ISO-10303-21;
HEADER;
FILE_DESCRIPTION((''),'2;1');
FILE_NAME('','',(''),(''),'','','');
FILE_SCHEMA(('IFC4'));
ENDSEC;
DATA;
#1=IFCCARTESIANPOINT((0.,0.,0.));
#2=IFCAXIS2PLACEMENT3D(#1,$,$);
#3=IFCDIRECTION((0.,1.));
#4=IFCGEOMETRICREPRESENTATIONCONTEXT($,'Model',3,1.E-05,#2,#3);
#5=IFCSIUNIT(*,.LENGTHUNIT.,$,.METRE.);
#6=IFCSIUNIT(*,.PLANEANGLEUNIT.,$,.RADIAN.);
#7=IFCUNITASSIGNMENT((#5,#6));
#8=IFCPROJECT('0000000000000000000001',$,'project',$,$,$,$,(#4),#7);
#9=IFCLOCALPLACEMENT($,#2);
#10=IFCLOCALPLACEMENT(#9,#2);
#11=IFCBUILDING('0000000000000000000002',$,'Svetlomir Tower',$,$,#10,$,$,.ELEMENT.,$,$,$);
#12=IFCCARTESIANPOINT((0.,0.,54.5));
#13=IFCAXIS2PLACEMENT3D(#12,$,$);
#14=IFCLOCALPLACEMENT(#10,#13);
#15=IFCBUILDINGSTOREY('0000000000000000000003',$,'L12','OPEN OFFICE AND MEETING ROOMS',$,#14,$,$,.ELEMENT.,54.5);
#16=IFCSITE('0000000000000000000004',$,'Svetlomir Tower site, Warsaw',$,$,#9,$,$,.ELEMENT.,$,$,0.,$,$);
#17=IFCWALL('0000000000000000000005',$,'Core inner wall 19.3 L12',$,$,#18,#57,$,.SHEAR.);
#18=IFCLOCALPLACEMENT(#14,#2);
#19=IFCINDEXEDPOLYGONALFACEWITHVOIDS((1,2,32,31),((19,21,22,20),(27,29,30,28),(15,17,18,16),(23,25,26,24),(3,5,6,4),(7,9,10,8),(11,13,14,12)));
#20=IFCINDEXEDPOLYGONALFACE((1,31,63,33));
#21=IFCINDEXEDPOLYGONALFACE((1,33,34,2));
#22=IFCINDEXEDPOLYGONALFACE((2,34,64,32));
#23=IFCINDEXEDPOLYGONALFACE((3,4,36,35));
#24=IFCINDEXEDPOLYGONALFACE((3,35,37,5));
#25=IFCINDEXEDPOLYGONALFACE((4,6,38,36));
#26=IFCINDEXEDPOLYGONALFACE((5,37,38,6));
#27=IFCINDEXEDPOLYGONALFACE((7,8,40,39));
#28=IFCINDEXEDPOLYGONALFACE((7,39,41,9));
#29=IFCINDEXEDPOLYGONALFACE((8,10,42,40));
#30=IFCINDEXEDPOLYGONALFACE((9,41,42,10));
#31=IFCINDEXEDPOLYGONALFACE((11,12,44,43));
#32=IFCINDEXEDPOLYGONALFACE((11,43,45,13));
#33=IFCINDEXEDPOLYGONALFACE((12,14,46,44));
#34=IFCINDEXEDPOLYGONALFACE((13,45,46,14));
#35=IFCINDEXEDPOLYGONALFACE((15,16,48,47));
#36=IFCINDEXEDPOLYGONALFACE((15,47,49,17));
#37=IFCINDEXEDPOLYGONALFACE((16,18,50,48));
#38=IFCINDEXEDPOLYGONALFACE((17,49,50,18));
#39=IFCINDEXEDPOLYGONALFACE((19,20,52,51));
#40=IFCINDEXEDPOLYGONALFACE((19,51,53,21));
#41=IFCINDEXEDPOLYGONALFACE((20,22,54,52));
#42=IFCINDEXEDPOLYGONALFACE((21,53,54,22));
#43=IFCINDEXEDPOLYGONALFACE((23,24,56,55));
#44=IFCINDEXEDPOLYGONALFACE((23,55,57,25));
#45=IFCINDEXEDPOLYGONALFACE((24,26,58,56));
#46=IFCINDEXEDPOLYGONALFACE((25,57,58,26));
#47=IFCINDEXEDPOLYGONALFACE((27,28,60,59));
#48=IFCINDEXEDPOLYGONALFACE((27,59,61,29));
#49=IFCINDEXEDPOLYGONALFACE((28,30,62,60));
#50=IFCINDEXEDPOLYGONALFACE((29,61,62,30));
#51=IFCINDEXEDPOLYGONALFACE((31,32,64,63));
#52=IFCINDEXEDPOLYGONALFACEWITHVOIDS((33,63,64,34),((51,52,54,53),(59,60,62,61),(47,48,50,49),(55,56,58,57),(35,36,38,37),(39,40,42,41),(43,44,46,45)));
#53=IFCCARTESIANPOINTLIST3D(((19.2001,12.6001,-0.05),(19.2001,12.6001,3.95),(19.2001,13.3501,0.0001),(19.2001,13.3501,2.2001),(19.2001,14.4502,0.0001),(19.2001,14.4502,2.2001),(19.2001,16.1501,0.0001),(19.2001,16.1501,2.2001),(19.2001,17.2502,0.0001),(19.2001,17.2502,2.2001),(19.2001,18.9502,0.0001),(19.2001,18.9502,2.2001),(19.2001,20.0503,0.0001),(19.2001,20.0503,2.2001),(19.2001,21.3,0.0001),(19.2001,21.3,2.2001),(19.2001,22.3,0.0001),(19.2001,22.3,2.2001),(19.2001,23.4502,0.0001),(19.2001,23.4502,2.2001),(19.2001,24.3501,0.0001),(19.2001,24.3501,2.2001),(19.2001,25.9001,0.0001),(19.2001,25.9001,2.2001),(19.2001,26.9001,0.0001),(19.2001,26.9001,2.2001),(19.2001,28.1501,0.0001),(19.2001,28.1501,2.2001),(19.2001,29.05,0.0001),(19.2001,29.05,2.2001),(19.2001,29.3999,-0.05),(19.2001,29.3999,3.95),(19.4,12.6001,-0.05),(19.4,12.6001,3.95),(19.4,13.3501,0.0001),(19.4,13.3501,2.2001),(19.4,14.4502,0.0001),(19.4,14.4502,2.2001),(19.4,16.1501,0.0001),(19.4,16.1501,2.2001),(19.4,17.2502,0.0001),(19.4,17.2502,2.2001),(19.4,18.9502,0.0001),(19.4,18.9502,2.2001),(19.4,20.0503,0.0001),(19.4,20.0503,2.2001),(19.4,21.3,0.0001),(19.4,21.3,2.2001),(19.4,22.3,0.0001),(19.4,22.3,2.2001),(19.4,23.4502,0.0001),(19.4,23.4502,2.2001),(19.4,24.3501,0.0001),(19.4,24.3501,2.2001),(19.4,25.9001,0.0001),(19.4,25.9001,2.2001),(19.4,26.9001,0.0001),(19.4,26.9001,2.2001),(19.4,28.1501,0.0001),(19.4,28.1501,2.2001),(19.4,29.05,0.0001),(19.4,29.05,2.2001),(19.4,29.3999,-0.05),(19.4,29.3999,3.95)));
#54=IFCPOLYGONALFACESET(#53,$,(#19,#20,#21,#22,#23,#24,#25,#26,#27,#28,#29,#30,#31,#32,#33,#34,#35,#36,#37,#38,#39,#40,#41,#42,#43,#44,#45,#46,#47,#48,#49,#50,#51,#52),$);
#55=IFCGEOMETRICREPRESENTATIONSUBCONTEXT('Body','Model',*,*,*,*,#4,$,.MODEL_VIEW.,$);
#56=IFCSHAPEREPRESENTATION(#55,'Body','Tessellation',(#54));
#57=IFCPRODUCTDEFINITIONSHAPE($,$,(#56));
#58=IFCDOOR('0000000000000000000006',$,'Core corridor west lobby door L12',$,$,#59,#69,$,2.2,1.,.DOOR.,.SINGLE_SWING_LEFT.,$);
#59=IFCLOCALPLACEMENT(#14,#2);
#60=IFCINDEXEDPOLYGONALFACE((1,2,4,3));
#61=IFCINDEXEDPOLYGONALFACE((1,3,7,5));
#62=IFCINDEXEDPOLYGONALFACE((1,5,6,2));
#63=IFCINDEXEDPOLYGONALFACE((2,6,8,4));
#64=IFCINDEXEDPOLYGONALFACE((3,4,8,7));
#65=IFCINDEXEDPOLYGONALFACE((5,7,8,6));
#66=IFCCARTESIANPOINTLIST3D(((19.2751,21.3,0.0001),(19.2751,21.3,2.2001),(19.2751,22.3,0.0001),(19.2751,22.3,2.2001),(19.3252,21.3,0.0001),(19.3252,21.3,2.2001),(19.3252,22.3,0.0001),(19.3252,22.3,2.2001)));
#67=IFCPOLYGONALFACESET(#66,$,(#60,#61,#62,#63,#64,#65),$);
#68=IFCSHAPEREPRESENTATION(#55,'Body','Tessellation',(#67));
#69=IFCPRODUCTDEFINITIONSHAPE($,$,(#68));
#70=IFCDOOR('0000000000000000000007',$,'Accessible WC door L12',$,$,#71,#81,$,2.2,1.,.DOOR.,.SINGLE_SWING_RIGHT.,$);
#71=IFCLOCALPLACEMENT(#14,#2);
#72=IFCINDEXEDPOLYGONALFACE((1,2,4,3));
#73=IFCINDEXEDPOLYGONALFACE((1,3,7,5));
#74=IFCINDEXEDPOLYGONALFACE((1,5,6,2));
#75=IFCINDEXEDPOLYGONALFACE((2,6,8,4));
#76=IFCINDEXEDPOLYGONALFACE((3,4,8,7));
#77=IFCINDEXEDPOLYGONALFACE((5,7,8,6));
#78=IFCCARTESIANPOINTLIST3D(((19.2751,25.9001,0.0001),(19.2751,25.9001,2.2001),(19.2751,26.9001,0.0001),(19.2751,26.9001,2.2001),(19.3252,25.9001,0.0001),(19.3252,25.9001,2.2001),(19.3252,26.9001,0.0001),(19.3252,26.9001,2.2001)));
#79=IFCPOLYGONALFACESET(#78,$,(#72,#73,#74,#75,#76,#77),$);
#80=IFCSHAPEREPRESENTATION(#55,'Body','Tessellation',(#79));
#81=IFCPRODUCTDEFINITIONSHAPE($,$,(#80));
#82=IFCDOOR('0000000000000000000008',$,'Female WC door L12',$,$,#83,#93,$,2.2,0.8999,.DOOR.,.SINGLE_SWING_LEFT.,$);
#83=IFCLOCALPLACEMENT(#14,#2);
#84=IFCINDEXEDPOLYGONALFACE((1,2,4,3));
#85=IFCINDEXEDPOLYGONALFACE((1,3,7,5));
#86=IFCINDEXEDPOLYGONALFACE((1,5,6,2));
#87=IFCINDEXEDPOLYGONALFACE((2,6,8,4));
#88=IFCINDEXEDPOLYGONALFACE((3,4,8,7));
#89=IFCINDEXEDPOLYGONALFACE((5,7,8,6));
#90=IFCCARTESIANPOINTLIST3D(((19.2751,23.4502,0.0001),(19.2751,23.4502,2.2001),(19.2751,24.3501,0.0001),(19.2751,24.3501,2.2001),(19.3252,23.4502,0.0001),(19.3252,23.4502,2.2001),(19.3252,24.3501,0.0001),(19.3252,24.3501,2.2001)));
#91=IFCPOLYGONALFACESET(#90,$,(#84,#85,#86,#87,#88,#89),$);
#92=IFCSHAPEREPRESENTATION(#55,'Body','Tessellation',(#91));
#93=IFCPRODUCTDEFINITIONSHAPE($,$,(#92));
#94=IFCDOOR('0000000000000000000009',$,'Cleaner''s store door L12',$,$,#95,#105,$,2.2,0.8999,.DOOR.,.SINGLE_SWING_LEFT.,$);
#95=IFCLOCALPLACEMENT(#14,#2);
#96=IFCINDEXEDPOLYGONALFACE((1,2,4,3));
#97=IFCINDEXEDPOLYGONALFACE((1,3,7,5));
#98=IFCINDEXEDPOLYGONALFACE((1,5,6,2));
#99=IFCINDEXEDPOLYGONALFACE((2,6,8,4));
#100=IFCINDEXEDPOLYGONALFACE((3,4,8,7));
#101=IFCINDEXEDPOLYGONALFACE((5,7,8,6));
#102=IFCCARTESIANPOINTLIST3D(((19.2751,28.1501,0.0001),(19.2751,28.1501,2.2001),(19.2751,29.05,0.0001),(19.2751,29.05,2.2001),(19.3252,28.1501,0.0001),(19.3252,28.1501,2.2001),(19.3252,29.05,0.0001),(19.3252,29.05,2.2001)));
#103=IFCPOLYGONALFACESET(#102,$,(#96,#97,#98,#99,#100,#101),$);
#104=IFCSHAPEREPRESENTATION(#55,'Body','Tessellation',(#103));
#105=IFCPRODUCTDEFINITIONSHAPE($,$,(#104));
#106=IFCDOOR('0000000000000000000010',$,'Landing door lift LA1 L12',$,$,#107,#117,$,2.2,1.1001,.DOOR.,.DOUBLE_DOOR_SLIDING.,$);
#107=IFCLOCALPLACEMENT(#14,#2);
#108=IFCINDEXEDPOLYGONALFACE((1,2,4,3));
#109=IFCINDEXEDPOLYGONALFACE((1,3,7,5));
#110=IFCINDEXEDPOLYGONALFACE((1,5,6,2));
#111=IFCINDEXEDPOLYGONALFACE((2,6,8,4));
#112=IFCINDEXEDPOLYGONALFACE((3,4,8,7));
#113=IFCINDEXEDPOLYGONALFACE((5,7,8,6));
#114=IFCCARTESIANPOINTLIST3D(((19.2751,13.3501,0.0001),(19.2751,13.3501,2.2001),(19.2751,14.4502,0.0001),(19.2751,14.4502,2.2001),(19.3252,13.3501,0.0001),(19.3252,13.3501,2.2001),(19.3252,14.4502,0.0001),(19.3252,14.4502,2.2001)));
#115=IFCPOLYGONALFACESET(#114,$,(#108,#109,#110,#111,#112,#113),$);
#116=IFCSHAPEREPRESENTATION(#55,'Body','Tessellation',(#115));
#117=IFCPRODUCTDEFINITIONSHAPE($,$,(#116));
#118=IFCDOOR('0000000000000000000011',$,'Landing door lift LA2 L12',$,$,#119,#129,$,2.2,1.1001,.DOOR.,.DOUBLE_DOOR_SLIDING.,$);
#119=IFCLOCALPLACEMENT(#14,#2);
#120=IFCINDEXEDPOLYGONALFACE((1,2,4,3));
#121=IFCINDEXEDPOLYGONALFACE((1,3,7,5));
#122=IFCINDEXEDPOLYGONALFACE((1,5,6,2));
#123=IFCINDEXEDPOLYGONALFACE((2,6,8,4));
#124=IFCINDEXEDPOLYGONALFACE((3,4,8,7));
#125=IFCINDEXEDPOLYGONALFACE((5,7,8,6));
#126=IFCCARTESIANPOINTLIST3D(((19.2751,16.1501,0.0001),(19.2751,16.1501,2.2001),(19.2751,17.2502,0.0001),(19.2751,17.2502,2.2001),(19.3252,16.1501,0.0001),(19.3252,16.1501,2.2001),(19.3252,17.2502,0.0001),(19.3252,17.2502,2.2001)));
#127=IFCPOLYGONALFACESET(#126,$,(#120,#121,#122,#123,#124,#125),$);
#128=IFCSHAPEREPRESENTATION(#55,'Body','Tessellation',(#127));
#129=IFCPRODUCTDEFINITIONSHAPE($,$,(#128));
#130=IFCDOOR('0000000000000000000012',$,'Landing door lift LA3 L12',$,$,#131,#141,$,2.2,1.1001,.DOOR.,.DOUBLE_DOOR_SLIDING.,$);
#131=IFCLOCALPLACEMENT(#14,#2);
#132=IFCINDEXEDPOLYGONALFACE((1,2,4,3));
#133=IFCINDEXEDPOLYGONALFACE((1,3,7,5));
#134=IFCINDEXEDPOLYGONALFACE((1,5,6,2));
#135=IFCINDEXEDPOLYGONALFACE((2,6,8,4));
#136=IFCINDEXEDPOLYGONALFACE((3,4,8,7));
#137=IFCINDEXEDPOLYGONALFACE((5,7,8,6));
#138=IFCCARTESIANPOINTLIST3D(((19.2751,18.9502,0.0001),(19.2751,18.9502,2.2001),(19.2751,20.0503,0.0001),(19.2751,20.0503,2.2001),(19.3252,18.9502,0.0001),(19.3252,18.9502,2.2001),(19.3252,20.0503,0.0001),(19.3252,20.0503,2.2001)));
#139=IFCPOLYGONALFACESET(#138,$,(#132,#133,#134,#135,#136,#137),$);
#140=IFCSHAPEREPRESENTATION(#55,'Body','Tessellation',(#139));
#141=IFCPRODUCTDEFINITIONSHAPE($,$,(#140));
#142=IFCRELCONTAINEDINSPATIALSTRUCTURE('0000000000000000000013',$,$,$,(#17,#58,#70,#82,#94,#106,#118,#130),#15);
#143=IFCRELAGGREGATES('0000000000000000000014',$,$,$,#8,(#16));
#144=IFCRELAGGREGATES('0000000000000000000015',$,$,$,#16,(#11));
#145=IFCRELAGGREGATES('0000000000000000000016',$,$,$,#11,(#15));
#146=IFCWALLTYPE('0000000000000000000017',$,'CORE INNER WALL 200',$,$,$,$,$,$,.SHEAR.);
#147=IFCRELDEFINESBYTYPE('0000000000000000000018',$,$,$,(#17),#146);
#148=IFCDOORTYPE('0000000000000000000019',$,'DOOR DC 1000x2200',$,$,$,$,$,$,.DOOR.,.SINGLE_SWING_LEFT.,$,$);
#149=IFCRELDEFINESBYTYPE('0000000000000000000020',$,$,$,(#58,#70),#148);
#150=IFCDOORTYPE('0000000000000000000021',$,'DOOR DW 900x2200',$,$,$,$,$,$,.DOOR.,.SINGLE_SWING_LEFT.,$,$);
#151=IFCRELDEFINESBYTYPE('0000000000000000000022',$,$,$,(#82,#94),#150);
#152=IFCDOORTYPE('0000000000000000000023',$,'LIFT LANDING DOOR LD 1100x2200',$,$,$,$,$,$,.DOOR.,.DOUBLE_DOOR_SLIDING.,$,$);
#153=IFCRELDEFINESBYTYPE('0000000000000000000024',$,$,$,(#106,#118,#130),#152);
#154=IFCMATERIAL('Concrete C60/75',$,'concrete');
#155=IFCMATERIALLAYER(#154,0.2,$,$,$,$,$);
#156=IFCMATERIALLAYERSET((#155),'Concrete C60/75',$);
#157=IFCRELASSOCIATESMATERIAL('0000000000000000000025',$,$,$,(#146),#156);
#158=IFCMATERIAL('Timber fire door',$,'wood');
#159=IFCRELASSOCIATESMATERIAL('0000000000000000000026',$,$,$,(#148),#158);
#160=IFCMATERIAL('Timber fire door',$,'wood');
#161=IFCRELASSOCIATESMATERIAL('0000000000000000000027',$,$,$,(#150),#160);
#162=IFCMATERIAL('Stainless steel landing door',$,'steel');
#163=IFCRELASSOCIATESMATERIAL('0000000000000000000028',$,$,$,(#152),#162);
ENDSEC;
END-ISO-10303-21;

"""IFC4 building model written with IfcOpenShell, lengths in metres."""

from ifc_helpers import new_model, si_unit, direction, frame, frame_2d, origin, place, context, subcontext, project, spatial, rectangle, extrude, material, layer, layer_set, type_object, element, fill, save


model = new_model("IFC4")

# Units and contexts
model_context = context("Model", 3, precision=1e-05, world=origin(), true_north=direction((0.0, 1.0)))
body_context = subcontext(model_context, "Body", "Model", "MODEL_VIEW")
ifc_project = project(units=[si_unit("LENGTHUNIT", "METRE"), si_unit("PLANEANGLEUNIT", "RADIAN")], contexts=[model_context])

# Site, building, storey
site_placement = place(None, origin())
site = spatial("IfcSite", under=ifc_project, at=site_placement, Name="Svetlomir Tower site, Warsaw", CompositionType="ELEMENT", RefElevation=0.0)
building_placement = place(site_placement, origin())
building = spatial("IfcBuilding", under=site, at=building_placement, Name="Svetlomir Tower", CompositionType="ELEMENT")
storey_placement = place(building_placement, frame((0.0, 0.0, 54.5)))
storey = spatial("IfcBuildingStorey", under=building, at=storey_placement, Name="L12", Description="OPEN OFFICE AND MEETING ROOMS", CompositionType="ELEMENT", Elevation=54.5)

# Wall, openings, doors
ifc_material_1 = material(Name="Concrete C60/75", Category="concrete")
ifc_layer_1 = layer(ifc_material_1, 0.2)
ifc_layer_set_1 = layer_set([ifc_layer_1], Name="Concrete C60/75")
wall_type_1 = type_object("IfcWallType", Name="CORE INNER WALL 200", PredefinedType="SHEAR", material=ifc_layer_set_1)
wall_1_placement = place(storey_placement, frame((19.3, 12.6001, -0.05), z_axis=(0.0, 0.0, 1.0), x_axis=(0.0, 1.0, 0.0)))
wall_1 = element("IfcWall", 1, at=wall_1_placement, inside=storey, type_object=wall_type_1, Name="Core inner wall 19.3 L12", PredefinedType="SHEAR", context=body_context, shape_type="SweptSolid", body=[
    extrude(rectangle(XDim=16.7998, YDim=0.2, at=frame_2d((8.3999, 0.0))), origin(), (0.0, 0.0, 1.0), 4.0),
])
opening_1_placement = place(wall_1_placement, frame((8.7, 0.0, 0.05)))
opening_1 = element("IfcOpeningElement", 2, at=opening_1_placement, cuts=wall_1, PredefinedType="OPENING", context=body_context, shape_type="SweptSolid", body=[
    extrude(rectangle(XDim=1.0, YDim=2.2, at=frame_2d((0.5, 1.1001))), frame((0.0, 0.1099, 0.0), z_axis=(0.0, -1.0, 0.0), x_axis=(1.0, 0.0, 0.0)), (0.0, 0.0, 1.0), 0.22),
])
opening_2_placement = place(wall_1_placement, frame((10.8501, 0.0, 0.05)))
opening_2 = element("IfcOpeningElement", 3, at=opening_2_placement, cuts=wall_1, PredefinedType="OPENING", context=body_context, shape_type="SweptSolid", body=[
    extrude(rectangle(XDim=0.8999, YDim=2.2, at=frame_2d((0.45, 1.1001))), frame((0.0, 0.1099, 0.0), z_axis=(0.0, -1.0, 0.0), x_axis=(1.0, 0.0, 0.0)), (0.0, 0.0, 1.0), 0.22),
])
opening_3_placement = place(wall_1_placement, frame((13.3, 0.0, 0.05)))
opening_3 = element("IfcOpeningElement", 4, at=opening_3_placement, cuts=wall_1, PredefinedType="OPENING", context=body_context, shape_type="SweptSolid", body=[
    extrude(rectangle(XDim=1.0, YDim=2.2, at=frame_2d((0.5, 1.1001))), frame((0.0, 0.1099, 0.0), z_axis=(0.0, -1.0, 0.0), x_axis=(1.0, 0.0, 0.0)), (0.0, 0.0, 1.0), 0.22),
])
opening_4_placement = place(wall_1_placement, frame((15.55, 0.0, 0.05)))
opening_4 = element("IfcOpeningElement", 5, at=opening_4_placement, cuts=wall_1, PredefinedType="OPENING", context=body_context, shape_type="SweptSolid", body=[
    extrude(rectangle(XDim=0.8999, YDim=2.2, at=frame_2d((0.45, 1.1001))), frame((0.0, 0.1099, 0.0), z_axis=(0.0, -1.0, 0.0), x_axis=(1.0, 0.0, 0.0)), (0.0, 0.0, 1.0), 0.22),
])
opening_5_placement = place(wall_1_placement, frame((0.75, 0.0, 0.05)))
opening_5 = element("IfcOpeningElement", 6, at=opening_5_placement, cuts=wall_1, PredefinedType="OPENING", context=body_context, shape_type="SweptSolid", body=[
    extrude(rectangle(XDim=1.1001, YDim=2.2, at=frame_2d((0.55, 1.1001))), frame((0.0, 0.1099, 0.0), z_axis=(0.0, -1.0, 0.0), x_axis=(1.0, 0.0, 0.0)), (0.0, 0.0, 1.0), 0.22),
])
opening_6_placement = place(wall_1_placement, frame((3.55, 0.0, 0.05)))
opening_6 = element("IfcOpeningElement", 7, at=opening_6_placement, cuts=wall_1, PredefinedType="OPENING", context=body_context, shape_type="SweptSolid", body=[
    extrude(rectangle(XDim=1.1001, YDim=2.2, at=frame_2d((0.55, 1.1001))), frame((0.0, 0.1099, 0.0), z_axis=(0.0, -1.0, 0.0), x_axis=(1.0, 0.0, 0.0)), (0.0, 0.0, 1.0), 0.22),
])
opening_7_placement = place(wall_1_placement, frame((6.3501, 0.0, 0.05)))
opening_7 = element("IfcOpeningElement", 8, at=opening_7_placement, cuts=wall_1, PredefinedType="OPENING", context=body_context, shape_type="SweptSolid", body=[
    extrude(rectangle(XDim=1.1001, YDim=2.2, at=frame_2d((0.55, 1.1001))), frame((0.0, 0.1099, 0.0), z_axis=(0.0, -1.0, 0.0), x_axis=(1.0, 0.0, 0.0)), (0.0, 0.0, 1.0), 0.22),
])
ifc_material_2 = material(Name="Timber fire door", Category="wood")
door_type_1 = type_object("IfcDoorType", Name="DOOR DC 1000x2200", OperationType="SINGLE_SWING_LEFT", PredefinedType="DOOR", material=ifc_material_2)
door_1_placement = place(opening_1_placement, origin())
door_1 = element("IfcDoor", 9, at=door_1_placement, inside=storey, type_object=door_type_1, Name="Core corridor west lobby door L12", OperationType="SINGLE_SWING_LEFT", OverallHeight=2.2, OverallWidth=1.0, PredefinedType="DOOR", context=body_context, shape_type="SweptSolid", body=[
    extrude(rectangle(XDim=1.0, YDim=2.2, at=frame_2d((0.5, 1.1001))), frame((0.0, 0.0249, 0.0), z_axis=(0.0, -1.0, 0.0), x_axis=(1.0, 0.0, 0.0)), (0.0, 0.0, 1.0), 0.05),
])
fill(opening_1, door_1)
door_2_placement = place(opening_3_placement, origin())
door_2 = element("IfcDoor", 10, at=door_2_placement, inside=storey, type_object=door_type_1, Name="Accessible WC door L12", OperationType="SINGLE_SWING_RIGHT", OverallHeight=2.2, OverallWidth=1.0, PredefinedType="DOOR", context=body_context, shape_type="SweptSolid", body=[
    extrude(rectangle(XDim=1.0, YDim=2.2, at=frame_2d((0.5, 1.1001))), frame((0.0, 0.0249, 0.0), z_axis=(0.0, -1.0, 0.0), x_axis=(1.0, 0.0, 0.0)), (0.0, 0.0, 1.0), 0.05),
])
fill(opening_3, door_2)
ifc_material_3 = material(Name="Timber fire door", Category="wood")
door_type_2 = type_object("IfcDoorType", Name="DOOR DW 900x2200", OperationType="SINGLE_SWING_LEFT", PredefinedType="DOOR", material=ifc_material_3)
door_3_placement = place(opening_2_placement, origin())
door_3 = element("IfcDoor", 11, at=door_3_placement, inside=storey, type_object=door_type_2, Name="Female WC door L12", OperationType="SINGLE_SWING_LEFT", OverallHeight=2.2, OverallWidth=0.8999, PredefinedType="DOOR", context=body_context, shape_type="SweptSolid", body=[
    extrude(rectangle(XDim=0.8999, YDim=2.2, at=frame_2d((0.45, 1.1001))), frame((0.0, 0.0249, 0.0), z_axis=(0.0, -1.0, 0.0), x_axis=(1.0, 0.0, 0.0)), (0.0, 0.0, 1.0), 0.05),
])
fill(opening_2, door_3)
door_4_placement = place(opening_4_placement, origin())
door_4 = element("IfcDoor", 12, at=door_4_placement, inside=storey, type_object=door_type_2, Name="Cleaner's store door L12", OperationType="SINGLE_SWING_LEFT", OverallHeight=2.2, OverallWidth=0.8999, PredefinedType="DOOR", context=body_context, shape_type="SweptSolid", body=[
    extrude(rectangle(XDim=0.8999, YDim=2.2, at=frame_2d((0.45, 1.1001))), frame((0.0, 0.0249, 0.0), z_axis=(0.0, -1.0, 0.0), x_axis=(1.0, 0.0, 0.0)), (0.0, 0.0, 1.0), 0.05),
])
fill(opening_4, door_4)
ifc_material_4 = material(Name="Stainless steel landing door", Category="steel")
door_type_3 = type_object("IfcDoorType", Name="LIFT LANDING DOOR LD 1100x2200", OperationType="DOUBLE_DOOR_SLIDING", PredefinedType="DOOR", material=ifc_material_4)
door_5_placement = place(opening_5_placement, origin())
door_5 = element("IfcDoor", 13, at=door_5_placement, inside=storey, type_object=door_type_3, Name="Landing door lift LA1 L12", OperationType="DOUBLE_DOOR_SLIDING", OverallHeight=2.2, OverallWidth=1.1001, PredefinedType="DOOR", context=body_context, shape_type="SweptSolid", body=[
    extrude(rectangle(XDim=1.1001, YDim=2.2, at=frame_2d((0.55, 1.1001))), frame((0.0, 0.0249, 0.0), z_axis=(0.0, -1.0, 0.0), x_axis=(1.0, 0.0, 0.0)), (0.0, 0.0, 1.0), 0.05),
])
fill(opening_5, door_5)
door_6_placement = place(opening_6_placement, origin())
door_6 = element("IfcDoor", 14, at=door_6_placement, inside=storey, type_object=door_type_3, Name="Landing door lift LA2 L12", OperationType="DOUBLE_DOOR_SLIDING", OverallHeight=2.2, OverallWidth=1.1001, PredefinedType="DOOR", context=body_context, shape_type="SweptSolid", body=[
    extrude(rectangle(XDim=1.1001, YDim=2.2, at=frame_2d((0.55, 1.1001))), frame((0.0, 0.0249, 0.0), z_axis=(0.0, -1.0, 0.0), x_axis=(1.0, 0.0, 0.0)), (0.0, 0.0, 1.0), 0.05),
])
fill(opening_6, door_6)
door_7_placement = place(opening_7_placement, origin())
door_7 = element("IfcDoor", 15, at=door_7_placement, inside=storey, type_object=door_type_3, Name="Landing door lift LA3 L12", OperationType="DOUBLE_DOOR_SLIDING", OverallHeight=2.2, OverallWidth=1.1001, PredefinedType="DOOR", context=body_context, shape_type="SweptSolid", body=[
    extrude(rectangle(XDim=1.1001, YDim=2.2, at=frame_2d((0.55, 1.1001))), frame((0.0, 0.0249, 0.0), z_axis=(0.0, -1.0, 0.0), x_axis=(1.0, 0.0, 0.0)), (0.0, 0.0, 1.0), 0.05),
])
fill(opening_7, door_7)

save(model, "model.ifc")
